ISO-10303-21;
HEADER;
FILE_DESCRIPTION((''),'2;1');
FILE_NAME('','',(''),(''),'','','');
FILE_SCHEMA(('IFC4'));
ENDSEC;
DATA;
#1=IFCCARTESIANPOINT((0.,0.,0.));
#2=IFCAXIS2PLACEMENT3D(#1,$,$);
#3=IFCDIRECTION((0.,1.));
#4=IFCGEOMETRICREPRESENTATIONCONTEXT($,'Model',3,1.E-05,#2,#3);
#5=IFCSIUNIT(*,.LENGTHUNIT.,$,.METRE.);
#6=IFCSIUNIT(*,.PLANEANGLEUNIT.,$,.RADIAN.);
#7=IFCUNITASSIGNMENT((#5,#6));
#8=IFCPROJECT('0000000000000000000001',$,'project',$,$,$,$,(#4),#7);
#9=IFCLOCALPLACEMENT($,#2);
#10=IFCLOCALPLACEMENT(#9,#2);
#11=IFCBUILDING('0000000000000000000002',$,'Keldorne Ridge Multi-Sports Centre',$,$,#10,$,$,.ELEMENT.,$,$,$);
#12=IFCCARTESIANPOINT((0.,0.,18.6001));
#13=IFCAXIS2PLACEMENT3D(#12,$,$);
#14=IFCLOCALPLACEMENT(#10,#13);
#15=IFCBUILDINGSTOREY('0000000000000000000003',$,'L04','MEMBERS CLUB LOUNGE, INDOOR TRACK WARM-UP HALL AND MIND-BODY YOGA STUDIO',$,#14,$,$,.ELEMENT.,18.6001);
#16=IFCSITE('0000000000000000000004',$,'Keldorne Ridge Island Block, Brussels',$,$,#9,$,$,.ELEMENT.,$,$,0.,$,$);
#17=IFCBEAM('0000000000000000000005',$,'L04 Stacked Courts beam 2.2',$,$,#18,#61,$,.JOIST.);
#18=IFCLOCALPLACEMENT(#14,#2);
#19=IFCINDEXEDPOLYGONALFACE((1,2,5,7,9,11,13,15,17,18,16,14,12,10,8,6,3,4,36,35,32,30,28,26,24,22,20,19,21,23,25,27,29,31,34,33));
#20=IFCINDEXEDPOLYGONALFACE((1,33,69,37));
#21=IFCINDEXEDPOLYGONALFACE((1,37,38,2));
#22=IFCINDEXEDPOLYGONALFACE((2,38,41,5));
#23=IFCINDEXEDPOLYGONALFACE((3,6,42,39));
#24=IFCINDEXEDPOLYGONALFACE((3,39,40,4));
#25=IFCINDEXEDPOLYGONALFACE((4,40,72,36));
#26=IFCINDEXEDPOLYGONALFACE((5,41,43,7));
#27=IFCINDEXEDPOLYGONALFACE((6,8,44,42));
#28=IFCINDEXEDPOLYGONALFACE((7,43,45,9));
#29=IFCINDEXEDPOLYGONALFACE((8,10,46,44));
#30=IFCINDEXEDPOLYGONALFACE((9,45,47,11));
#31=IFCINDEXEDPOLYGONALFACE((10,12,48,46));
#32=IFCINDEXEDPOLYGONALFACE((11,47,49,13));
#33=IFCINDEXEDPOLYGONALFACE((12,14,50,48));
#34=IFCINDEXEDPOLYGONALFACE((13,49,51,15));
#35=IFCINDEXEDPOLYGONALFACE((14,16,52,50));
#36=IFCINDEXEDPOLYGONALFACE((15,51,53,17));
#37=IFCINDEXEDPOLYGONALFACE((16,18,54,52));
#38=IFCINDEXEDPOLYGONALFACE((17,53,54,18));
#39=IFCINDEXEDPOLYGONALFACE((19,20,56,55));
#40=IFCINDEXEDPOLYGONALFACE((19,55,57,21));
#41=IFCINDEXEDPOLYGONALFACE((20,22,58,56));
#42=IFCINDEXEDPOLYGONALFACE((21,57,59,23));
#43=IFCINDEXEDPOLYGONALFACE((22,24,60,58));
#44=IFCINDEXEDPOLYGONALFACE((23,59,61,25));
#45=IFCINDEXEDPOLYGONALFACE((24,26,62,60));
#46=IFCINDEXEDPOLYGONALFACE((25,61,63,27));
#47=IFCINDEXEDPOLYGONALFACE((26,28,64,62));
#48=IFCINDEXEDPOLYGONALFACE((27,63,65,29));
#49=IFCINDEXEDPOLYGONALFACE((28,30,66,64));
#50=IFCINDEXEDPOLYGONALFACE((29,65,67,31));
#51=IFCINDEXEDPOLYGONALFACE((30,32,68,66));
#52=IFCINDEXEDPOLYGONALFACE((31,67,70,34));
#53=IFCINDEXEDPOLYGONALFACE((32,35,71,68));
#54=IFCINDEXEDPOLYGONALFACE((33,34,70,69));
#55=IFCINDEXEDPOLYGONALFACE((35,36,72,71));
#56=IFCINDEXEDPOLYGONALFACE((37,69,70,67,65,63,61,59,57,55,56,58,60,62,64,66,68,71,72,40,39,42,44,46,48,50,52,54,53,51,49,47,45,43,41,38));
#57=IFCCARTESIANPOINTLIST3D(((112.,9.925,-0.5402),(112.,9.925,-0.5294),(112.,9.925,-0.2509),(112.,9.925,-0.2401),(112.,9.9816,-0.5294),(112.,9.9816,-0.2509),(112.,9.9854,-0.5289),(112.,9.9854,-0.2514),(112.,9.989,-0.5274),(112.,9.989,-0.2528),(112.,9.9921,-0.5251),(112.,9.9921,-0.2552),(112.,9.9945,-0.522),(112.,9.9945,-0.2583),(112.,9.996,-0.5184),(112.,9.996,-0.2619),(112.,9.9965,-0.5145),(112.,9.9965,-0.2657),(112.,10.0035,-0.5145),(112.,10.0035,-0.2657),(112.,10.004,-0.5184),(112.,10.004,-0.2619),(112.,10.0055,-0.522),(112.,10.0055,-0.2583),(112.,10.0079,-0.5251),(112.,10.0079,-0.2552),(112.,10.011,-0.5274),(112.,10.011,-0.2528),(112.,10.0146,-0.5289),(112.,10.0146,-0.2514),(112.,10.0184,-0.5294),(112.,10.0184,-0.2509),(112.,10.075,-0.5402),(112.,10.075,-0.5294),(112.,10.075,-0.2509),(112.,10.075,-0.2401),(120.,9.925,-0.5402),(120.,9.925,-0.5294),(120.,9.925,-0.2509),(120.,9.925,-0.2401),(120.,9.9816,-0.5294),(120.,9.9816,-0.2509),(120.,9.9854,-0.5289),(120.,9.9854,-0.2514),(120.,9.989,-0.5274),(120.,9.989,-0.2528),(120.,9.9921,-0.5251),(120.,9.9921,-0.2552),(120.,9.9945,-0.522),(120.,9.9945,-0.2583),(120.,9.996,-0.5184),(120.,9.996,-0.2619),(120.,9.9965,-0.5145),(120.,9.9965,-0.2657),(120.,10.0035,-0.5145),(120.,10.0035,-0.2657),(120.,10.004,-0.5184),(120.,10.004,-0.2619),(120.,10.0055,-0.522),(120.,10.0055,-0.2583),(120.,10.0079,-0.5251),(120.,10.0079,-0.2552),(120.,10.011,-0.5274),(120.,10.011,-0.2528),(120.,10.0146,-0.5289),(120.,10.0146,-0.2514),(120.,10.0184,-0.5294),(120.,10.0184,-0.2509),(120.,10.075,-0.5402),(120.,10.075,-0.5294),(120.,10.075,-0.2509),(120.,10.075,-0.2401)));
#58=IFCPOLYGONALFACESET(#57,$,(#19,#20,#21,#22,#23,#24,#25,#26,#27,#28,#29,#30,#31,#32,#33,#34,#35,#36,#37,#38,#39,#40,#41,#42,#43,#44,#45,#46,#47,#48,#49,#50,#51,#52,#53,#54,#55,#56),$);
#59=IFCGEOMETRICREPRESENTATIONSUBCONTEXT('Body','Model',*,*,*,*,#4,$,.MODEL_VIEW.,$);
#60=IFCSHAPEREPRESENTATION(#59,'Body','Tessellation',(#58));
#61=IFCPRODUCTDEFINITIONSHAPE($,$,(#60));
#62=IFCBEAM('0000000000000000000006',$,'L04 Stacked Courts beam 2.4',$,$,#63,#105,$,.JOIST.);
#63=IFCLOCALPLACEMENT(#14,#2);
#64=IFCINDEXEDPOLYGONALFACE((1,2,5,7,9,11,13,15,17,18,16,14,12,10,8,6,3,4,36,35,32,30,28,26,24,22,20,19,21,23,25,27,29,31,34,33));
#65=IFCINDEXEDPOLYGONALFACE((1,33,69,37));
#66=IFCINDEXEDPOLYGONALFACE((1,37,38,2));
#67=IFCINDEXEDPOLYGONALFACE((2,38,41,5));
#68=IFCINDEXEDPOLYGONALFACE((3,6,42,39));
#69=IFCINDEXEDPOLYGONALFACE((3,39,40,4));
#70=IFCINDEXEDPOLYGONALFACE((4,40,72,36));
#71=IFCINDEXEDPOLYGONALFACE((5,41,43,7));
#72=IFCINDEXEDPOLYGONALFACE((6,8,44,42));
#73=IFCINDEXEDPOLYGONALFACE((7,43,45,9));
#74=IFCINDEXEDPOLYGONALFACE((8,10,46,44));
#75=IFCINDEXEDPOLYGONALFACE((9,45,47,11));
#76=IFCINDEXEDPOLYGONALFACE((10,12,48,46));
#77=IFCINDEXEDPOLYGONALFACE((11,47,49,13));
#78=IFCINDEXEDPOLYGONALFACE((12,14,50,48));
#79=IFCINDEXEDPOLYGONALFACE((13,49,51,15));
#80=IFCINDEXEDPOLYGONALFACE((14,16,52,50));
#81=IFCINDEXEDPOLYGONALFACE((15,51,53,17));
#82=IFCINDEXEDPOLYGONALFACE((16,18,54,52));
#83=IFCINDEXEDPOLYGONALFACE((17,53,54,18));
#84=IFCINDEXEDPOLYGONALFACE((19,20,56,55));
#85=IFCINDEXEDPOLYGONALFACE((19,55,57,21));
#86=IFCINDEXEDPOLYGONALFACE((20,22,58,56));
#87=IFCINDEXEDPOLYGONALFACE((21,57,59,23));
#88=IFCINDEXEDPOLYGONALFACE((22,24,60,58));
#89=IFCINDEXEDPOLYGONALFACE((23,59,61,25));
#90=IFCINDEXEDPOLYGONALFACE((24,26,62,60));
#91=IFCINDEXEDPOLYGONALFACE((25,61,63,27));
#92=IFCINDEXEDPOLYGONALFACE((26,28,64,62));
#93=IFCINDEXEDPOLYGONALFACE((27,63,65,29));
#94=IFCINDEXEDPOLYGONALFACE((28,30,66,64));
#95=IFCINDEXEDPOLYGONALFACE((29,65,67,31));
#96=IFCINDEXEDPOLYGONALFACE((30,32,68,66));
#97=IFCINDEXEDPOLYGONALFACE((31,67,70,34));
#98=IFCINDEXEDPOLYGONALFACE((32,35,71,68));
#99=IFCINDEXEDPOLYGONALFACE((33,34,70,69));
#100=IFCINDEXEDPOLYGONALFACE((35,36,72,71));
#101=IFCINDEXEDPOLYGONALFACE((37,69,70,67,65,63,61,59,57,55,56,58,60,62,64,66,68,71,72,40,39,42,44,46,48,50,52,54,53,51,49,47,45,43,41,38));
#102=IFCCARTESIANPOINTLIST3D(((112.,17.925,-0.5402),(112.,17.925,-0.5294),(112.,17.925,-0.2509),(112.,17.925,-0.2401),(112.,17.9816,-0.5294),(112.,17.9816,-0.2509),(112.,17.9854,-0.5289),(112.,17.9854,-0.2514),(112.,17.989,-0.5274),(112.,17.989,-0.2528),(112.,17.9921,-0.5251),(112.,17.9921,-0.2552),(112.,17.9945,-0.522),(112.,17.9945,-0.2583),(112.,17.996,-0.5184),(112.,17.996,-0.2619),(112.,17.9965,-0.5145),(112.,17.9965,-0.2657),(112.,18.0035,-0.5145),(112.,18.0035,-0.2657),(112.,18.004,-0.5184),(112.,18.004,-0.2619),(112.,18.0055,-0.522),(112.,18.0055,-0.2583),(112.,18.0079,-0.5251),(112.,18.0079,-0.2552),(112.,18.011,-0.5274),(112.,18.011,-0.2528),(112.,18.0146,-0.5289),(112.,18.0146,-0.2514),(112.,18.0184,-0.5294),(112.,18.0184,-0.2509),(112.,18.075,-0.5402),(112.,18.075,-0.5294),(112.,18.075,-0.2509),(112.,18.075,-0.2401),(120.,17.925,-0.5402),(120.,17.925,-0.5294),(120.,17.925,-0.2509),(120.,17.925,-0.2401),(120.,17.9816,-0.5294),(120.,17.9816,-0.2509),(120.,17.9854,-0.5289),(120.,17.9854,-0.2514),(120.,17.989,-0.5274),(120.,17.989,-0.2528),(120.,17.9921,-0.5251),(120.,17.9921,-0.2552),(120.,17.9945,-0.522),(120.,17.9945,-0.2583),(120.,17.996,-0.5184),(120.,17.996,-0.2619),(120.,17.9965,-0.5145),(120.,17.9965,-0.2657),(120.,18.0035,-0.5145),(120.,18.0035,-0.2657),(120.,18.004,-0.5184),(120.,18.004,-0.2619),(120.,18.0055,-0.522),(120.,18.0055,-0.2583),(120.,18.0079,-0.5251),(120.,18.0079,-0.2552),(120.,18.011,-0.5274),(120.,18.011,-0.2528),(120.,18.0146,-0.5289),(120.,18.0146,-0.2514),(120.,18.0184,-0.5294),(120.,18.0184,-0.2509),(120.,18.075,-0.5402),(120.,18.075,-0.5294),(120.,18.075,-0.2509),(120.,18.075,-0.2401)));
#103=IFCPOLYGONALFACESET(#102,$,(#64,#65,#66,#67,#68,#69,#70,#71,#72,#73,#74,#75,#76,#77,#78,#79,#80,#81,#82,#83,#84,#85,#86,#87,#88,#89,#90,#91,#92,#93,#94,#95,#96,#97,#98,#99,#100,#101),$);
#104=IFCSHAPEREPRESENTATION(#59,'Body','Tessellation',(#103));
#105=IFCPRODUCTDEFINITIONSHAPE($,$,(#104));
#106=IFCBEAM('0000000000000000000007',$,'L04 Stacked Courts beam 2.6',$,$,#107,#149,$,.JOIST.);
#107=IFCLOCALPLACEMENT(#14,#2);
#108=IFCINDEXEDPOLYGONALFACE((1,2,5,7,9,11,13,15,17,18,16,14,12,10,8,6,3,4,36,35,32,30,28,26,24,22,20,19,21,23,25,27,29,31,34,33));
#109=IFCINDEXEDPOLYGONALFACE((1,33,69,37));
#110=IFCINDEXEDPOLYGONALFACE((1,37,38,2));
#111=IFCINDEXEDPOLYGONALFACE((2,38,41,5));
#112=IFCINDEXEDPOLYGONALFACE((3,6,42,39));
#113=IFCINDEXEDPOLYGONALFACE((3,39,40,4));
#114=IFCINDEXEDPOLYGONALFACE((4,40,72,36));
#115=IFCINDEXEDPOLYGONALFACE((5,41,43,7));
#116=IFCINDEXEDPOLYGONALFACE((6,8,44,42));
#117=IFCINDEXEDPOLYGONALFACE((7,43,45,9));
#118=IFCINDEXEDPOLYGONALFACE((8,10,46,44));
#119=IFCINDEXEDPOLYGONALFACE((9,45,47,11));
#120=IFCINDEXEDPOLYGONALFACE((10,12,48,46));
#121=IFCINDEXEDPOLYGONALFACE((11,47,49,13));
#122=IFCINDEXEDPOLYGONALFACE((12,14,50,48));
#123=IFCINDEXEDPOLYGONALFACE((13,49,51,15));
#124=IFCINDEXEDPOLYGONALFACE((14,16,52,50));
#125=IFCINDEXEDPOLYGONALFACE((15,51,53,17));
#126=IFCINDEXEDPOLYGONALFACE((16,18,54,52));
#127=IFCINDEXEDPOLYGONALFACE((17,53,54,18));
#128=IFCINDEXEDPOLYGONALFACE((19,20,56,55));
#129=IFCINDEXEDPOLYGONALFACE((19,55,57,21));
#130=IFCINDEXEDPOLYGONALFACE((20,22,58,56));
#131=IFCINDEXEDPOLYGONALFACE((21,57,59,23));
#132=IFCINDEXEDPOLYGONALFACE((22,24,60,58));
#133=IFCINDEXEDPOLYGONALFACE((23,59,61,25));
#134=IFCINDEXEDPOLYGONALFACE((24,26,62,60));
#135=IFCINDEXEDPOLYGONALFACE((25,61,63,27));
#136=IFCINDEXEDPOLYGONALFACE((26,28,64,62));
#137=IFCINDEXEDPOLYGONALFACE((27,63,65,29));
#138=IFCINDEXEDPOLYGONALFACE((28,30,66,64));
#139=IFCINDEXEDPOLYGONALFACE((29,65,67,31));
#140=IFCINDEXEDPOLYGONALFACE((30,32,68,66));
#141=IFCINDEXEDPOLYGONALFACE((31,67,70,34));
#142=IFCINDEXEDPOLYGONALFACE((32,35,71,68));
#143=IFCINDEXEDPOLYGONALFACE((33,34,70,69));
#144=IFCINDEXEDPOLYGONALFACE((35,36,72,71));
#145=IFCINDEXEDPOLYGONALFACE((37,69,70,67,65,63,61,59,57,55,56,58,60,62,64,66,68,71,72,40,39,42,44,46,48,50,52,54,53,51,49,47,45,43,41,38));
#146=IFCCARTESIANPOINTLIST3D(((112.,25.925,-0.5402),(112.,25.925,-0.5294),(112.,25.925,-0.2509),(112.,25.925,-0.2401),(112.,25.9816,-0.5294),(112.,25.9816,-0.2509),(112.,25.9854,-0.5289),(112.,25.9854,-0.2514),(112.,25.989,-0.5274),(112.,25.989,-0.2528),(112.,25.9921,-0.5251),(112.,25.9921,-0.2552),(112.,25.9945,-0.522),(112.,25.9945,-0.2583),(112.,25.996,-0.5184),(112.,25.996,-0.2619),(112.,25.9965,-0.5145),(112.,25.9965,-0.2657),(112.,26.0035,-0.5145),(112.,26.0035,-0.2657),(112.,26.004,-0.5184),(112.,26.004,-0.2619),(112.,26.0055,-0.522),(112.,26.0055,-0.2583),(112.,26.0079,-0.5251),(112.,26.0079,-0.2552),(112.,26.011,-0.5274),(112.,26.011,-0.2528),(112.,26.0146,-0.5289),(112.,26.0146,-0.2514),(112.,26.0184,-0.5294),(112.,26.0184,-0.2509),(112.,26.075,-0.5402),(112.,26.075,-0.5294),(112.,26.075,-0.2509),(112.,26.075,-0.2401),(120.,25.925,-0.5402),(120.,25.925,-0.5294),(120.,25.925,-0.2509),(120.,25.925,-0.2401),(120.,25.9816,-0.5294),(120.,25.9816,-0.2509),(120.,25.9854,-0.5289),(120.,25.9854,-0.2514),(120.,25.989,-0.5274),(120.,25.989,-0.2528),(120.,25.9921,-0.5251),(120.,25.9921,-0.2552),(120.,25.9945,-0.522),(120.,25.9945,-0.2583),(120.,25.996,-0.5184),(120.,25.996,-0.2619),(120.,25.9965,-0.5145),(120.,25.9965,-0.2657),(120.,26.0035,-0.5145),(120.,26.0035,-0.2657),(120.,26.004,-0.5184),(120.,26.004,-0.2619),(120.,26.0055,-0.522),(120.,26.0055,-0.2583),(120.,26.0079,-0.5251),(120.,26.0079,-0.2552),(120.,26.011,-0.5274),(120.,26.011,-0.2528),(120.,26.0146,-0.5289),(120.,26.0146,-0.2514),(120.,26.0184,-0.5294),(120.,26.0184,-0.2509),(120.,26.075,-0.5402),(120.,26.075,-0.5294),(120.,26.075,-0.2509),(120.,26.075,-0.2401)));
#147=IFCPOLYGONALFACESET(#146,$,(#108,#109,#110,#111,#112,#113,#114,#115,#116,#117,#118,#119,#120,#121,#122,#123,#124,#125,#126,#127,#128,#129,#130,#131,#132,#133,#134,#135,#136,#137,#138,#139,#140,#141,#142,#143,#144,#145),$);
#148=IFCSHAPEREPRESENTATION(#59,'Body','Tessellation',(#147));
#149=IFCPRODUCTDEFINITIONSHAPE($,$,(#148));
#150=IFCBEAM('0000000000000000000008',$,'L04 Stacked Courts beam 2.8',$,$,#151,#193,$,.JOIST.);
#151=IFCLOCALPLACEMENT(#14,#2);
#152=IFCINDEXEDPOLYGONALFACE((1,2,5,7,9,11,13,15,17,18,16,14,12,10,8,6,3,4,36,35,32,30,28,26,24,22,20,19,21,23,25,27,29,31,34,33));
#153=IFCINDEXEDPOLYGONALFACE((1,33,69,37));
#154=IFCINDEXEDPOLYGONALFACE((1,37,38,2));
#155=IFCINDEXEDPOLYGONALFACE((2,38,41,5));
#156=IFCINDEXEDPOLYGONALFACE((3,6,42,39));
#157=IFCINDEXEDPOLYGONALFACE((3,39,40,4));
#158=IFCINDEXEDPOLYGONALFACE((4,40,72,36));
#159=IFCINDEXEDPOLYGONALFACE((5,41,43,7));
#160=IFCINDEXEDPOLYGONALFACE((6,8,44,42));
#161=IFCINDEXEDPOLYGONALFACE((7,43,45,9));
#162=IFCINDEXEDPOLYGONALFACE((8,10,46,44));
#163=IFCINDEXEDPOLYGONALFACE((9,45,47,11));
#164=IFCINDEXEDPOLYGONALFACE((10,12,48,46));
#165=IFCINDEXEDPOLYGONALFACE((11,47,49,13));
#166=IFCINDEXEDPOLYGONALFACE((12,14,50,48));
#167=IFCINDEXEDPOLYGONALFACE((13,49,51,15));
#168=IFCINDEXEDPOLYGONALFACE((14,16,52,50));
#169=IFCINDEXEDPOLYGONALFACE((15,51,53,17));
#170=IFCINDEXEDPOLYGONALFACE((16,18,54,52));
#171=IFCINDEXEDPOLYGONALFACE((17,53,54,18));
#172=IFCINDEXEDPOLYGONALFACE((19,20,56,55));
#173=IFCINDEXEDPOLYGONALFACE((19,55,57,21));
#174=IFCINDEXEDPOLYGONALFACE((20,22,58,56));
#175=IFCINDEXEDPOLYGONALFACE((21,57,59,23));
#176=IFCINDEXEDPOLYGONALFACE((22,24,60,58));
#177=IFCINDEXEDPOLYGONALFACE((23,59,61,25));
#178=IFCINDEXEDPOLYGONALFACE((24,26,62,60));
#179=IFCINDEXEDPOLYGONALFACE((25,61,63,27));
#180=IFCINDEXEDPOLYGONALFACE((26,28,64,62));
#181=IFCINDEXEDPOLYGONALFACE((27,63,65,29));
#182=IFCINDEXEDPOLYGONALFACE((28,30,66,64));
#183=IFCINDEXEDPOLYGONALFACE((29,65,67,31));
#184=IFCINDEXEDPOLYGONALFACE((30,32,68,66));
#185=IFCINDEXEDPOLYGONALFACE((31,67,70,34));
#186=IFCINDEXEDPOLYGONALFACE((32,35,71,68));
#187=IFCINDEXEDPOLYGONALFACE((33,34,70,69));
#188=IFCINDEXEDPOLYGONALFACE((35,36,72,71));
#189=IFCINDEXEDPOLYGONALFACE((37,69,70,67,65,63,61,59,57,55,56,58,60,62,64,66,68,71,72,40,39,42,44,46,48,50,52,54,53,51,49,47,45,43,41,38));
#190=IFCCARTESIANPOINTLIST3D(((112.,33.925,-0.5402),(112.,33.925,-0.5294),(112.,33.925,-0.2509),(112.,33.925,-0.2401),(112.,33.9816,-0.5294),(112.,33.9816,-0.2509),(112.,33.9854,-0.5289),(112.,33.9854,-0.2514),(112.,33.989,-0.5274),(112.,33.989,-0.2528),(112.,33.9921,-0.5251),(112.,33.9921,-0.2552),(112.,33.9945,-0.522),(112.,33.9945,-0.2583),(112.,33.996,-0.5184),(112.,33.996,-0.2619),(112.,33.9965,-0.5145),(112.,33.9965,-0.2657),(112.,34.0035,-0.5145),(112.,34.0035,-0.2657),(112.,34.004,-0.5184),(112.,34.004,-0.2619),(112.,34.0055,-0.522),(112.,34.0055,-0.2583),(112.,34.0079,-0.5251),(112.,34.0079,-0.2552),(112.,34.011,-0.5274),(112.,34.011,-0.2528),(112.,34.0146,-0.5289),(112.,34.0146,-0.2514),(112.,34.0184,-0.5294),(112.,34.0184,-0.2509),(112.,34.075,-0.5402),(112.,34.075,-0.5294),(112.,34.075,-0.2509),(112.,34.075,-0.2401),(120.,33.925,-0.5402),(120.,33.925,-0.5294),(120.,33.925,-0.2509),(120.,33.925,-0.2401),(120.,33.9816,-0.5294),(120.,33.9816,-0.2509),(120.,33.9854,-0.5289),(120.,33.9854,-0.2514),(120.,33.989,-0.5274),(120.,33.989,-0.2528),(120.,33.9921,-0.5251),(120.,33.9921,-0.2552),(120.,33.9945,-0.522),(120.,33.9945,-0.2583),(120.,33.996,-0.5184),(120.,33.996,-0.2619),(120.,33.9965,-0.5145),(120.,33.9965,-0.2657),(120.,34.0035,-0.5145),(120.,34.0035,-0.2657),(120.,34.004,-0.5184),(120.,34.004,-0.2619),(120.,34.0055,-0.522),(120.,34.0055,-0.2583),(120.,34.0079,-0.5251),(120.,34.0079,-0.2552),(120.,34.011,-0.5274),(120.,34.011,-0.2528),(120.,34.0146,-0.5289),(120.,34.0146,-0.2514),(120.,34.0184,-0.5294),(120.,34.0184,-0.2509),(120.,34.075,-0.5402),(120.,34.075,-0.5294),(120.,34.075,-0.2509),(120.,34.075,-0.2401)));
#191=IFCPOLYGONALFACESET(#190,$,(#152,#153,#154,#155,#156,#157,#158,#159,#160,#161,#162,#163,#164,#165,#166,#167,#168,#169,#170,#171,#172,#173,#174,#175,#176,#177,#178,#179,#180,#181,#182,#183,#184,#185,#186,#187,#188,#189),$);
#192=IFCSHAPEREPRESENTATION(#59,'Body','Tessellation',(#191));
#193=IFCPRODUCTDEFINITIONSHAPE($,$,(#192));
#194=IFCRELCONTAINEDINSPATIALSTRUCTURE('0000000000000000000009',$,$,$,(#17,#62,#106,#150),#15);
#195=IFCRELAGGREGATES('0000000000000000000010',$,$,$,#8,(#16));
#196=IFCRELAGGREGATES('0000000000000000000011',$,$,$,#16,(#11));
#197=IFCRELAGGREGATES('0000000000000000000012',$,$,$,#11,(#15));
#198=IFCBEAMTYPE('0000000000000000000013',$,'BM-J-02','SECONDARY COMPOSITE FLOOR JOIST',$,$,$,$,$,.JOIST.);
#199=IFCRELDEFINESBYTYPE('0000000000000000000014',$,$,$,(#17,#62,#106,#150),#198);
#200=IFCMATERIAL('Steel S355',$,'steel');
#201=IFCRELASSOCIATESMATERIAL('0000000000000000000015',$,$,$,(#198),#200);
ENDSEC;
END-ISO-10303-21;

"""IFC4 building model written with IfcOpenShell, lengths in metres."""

from ifc_helpers import new_model, si_unit, direction, frame, origin, origin_2d, place, context, subcontext, project, spatial, i_section, extrude, material, material_profile, profile_set, type_object, element, save


model = new_model("IFC4")

# Units and contexts
model_context = context("Model", 3, precision=1e-05, world=origin(), true_north=direction((0.0, 1.0)))
body_context = subcontext(model_context, "Body", "Model", "MODEL_VIEW")
ifc_project = project(units=[si_unit("LENGTHUNIT", "METRE"), si_unit("PLANEANGLEUNIT", "RADIAN")], contexts=[model_context])

# Site, building, storey
site_placement = place(None, origin())
site = spatial("IfcSite", under=ifc_project, at=site_placement, Name="Keldorne Ridge Island Block, Brussels", CompositionType="ELEMENT", RefElevation=0.0)
building_placement = place(site_placement, origin())
building = spatial("IfcBuilding", under=site, at=building_placement, Name="Keldorne Ridge Multi-Sports Centre", CompositionType="ELEMENT")
storey_placement = place(building_placement, frame((0.0, 0.0, 18.6001)))
storey = spatial("IfcBuildingStorey", under=building, at=storey_placement, Name="L04", Description="MEMBERS CLUB LOUNGE, INDOOR TRACK WARM-UP HALL AND MIND-BODY YOGA STUDIO", CompositionType="ELEMENT", Elevation=18.6001)

# Beams
ifc_material_1 = material(Name="Steel S355", Category="steel")
ifc_material_profile_1 = material_profile(ifc_material_1, i_section(OverallWidth=0.1499, OverallDepth=0.3, WebThickness=0.0071, FlangeThickness=0.0107, FilletRadius=0.0149, at=origin_2d()), Name="IPE 300")
ifc_profile_set_1 = profile_set([ifc_material_profile_1], Name="Steel S355")
beam_type_1 = type_object("IfcBeamType", Name="BM-J-02", Description="SECONDARY COMPOSITE FLOOR JOIST", PredefinedType="JOIST", material=ifc_profile_set_1)
for number, where, z_axis, x_axis, name in (
    (1, (112.0, 10.0, -0.3901), (1.0, 0.0, 0.0), (0.0, 1.0, 0.0), "L04 Stacked Courts beam 2.2"),
    (2, (112.0, 18.0, -0.3901), (1.0, 0.0, 0.0), (0.0, 1.0, 0.0), "L04 Stacked Courts beam 2.4"),
    (3, (112.0, 26.0, -0.3901), (1.0, 0.0, 0.0), (0.0, 1.0, 0.0), "L04 Stacked Courts beam 2.6"),
    (4, (112.0, 34.0, -0.3901), (1.0, 0.0, 0.0), (0.0, 1.0, 0.0), "L04 Stacked Courts beam 2.8"),
):
    element("IfcBeam", number, at=place(storey_placement, frame(where, z_axis=z_axis, x_axis=x_axis)), inside=storey, type_object=beam_type_1, Name=name, PredefinedType="JOIST", context=body_context, shape_type="SweptSolid", body=[
        extrude(i_section(OverallWidth=0.1499, OverallDepth=0.3, WebThickness=0.0071, FlangeThickness=0.0107, FilletRadius=0.0149, at=origin_2d()), origin(), (0.0, 0.0, 1.0), 8.0),
    ])

save(model, "model.ifc")
